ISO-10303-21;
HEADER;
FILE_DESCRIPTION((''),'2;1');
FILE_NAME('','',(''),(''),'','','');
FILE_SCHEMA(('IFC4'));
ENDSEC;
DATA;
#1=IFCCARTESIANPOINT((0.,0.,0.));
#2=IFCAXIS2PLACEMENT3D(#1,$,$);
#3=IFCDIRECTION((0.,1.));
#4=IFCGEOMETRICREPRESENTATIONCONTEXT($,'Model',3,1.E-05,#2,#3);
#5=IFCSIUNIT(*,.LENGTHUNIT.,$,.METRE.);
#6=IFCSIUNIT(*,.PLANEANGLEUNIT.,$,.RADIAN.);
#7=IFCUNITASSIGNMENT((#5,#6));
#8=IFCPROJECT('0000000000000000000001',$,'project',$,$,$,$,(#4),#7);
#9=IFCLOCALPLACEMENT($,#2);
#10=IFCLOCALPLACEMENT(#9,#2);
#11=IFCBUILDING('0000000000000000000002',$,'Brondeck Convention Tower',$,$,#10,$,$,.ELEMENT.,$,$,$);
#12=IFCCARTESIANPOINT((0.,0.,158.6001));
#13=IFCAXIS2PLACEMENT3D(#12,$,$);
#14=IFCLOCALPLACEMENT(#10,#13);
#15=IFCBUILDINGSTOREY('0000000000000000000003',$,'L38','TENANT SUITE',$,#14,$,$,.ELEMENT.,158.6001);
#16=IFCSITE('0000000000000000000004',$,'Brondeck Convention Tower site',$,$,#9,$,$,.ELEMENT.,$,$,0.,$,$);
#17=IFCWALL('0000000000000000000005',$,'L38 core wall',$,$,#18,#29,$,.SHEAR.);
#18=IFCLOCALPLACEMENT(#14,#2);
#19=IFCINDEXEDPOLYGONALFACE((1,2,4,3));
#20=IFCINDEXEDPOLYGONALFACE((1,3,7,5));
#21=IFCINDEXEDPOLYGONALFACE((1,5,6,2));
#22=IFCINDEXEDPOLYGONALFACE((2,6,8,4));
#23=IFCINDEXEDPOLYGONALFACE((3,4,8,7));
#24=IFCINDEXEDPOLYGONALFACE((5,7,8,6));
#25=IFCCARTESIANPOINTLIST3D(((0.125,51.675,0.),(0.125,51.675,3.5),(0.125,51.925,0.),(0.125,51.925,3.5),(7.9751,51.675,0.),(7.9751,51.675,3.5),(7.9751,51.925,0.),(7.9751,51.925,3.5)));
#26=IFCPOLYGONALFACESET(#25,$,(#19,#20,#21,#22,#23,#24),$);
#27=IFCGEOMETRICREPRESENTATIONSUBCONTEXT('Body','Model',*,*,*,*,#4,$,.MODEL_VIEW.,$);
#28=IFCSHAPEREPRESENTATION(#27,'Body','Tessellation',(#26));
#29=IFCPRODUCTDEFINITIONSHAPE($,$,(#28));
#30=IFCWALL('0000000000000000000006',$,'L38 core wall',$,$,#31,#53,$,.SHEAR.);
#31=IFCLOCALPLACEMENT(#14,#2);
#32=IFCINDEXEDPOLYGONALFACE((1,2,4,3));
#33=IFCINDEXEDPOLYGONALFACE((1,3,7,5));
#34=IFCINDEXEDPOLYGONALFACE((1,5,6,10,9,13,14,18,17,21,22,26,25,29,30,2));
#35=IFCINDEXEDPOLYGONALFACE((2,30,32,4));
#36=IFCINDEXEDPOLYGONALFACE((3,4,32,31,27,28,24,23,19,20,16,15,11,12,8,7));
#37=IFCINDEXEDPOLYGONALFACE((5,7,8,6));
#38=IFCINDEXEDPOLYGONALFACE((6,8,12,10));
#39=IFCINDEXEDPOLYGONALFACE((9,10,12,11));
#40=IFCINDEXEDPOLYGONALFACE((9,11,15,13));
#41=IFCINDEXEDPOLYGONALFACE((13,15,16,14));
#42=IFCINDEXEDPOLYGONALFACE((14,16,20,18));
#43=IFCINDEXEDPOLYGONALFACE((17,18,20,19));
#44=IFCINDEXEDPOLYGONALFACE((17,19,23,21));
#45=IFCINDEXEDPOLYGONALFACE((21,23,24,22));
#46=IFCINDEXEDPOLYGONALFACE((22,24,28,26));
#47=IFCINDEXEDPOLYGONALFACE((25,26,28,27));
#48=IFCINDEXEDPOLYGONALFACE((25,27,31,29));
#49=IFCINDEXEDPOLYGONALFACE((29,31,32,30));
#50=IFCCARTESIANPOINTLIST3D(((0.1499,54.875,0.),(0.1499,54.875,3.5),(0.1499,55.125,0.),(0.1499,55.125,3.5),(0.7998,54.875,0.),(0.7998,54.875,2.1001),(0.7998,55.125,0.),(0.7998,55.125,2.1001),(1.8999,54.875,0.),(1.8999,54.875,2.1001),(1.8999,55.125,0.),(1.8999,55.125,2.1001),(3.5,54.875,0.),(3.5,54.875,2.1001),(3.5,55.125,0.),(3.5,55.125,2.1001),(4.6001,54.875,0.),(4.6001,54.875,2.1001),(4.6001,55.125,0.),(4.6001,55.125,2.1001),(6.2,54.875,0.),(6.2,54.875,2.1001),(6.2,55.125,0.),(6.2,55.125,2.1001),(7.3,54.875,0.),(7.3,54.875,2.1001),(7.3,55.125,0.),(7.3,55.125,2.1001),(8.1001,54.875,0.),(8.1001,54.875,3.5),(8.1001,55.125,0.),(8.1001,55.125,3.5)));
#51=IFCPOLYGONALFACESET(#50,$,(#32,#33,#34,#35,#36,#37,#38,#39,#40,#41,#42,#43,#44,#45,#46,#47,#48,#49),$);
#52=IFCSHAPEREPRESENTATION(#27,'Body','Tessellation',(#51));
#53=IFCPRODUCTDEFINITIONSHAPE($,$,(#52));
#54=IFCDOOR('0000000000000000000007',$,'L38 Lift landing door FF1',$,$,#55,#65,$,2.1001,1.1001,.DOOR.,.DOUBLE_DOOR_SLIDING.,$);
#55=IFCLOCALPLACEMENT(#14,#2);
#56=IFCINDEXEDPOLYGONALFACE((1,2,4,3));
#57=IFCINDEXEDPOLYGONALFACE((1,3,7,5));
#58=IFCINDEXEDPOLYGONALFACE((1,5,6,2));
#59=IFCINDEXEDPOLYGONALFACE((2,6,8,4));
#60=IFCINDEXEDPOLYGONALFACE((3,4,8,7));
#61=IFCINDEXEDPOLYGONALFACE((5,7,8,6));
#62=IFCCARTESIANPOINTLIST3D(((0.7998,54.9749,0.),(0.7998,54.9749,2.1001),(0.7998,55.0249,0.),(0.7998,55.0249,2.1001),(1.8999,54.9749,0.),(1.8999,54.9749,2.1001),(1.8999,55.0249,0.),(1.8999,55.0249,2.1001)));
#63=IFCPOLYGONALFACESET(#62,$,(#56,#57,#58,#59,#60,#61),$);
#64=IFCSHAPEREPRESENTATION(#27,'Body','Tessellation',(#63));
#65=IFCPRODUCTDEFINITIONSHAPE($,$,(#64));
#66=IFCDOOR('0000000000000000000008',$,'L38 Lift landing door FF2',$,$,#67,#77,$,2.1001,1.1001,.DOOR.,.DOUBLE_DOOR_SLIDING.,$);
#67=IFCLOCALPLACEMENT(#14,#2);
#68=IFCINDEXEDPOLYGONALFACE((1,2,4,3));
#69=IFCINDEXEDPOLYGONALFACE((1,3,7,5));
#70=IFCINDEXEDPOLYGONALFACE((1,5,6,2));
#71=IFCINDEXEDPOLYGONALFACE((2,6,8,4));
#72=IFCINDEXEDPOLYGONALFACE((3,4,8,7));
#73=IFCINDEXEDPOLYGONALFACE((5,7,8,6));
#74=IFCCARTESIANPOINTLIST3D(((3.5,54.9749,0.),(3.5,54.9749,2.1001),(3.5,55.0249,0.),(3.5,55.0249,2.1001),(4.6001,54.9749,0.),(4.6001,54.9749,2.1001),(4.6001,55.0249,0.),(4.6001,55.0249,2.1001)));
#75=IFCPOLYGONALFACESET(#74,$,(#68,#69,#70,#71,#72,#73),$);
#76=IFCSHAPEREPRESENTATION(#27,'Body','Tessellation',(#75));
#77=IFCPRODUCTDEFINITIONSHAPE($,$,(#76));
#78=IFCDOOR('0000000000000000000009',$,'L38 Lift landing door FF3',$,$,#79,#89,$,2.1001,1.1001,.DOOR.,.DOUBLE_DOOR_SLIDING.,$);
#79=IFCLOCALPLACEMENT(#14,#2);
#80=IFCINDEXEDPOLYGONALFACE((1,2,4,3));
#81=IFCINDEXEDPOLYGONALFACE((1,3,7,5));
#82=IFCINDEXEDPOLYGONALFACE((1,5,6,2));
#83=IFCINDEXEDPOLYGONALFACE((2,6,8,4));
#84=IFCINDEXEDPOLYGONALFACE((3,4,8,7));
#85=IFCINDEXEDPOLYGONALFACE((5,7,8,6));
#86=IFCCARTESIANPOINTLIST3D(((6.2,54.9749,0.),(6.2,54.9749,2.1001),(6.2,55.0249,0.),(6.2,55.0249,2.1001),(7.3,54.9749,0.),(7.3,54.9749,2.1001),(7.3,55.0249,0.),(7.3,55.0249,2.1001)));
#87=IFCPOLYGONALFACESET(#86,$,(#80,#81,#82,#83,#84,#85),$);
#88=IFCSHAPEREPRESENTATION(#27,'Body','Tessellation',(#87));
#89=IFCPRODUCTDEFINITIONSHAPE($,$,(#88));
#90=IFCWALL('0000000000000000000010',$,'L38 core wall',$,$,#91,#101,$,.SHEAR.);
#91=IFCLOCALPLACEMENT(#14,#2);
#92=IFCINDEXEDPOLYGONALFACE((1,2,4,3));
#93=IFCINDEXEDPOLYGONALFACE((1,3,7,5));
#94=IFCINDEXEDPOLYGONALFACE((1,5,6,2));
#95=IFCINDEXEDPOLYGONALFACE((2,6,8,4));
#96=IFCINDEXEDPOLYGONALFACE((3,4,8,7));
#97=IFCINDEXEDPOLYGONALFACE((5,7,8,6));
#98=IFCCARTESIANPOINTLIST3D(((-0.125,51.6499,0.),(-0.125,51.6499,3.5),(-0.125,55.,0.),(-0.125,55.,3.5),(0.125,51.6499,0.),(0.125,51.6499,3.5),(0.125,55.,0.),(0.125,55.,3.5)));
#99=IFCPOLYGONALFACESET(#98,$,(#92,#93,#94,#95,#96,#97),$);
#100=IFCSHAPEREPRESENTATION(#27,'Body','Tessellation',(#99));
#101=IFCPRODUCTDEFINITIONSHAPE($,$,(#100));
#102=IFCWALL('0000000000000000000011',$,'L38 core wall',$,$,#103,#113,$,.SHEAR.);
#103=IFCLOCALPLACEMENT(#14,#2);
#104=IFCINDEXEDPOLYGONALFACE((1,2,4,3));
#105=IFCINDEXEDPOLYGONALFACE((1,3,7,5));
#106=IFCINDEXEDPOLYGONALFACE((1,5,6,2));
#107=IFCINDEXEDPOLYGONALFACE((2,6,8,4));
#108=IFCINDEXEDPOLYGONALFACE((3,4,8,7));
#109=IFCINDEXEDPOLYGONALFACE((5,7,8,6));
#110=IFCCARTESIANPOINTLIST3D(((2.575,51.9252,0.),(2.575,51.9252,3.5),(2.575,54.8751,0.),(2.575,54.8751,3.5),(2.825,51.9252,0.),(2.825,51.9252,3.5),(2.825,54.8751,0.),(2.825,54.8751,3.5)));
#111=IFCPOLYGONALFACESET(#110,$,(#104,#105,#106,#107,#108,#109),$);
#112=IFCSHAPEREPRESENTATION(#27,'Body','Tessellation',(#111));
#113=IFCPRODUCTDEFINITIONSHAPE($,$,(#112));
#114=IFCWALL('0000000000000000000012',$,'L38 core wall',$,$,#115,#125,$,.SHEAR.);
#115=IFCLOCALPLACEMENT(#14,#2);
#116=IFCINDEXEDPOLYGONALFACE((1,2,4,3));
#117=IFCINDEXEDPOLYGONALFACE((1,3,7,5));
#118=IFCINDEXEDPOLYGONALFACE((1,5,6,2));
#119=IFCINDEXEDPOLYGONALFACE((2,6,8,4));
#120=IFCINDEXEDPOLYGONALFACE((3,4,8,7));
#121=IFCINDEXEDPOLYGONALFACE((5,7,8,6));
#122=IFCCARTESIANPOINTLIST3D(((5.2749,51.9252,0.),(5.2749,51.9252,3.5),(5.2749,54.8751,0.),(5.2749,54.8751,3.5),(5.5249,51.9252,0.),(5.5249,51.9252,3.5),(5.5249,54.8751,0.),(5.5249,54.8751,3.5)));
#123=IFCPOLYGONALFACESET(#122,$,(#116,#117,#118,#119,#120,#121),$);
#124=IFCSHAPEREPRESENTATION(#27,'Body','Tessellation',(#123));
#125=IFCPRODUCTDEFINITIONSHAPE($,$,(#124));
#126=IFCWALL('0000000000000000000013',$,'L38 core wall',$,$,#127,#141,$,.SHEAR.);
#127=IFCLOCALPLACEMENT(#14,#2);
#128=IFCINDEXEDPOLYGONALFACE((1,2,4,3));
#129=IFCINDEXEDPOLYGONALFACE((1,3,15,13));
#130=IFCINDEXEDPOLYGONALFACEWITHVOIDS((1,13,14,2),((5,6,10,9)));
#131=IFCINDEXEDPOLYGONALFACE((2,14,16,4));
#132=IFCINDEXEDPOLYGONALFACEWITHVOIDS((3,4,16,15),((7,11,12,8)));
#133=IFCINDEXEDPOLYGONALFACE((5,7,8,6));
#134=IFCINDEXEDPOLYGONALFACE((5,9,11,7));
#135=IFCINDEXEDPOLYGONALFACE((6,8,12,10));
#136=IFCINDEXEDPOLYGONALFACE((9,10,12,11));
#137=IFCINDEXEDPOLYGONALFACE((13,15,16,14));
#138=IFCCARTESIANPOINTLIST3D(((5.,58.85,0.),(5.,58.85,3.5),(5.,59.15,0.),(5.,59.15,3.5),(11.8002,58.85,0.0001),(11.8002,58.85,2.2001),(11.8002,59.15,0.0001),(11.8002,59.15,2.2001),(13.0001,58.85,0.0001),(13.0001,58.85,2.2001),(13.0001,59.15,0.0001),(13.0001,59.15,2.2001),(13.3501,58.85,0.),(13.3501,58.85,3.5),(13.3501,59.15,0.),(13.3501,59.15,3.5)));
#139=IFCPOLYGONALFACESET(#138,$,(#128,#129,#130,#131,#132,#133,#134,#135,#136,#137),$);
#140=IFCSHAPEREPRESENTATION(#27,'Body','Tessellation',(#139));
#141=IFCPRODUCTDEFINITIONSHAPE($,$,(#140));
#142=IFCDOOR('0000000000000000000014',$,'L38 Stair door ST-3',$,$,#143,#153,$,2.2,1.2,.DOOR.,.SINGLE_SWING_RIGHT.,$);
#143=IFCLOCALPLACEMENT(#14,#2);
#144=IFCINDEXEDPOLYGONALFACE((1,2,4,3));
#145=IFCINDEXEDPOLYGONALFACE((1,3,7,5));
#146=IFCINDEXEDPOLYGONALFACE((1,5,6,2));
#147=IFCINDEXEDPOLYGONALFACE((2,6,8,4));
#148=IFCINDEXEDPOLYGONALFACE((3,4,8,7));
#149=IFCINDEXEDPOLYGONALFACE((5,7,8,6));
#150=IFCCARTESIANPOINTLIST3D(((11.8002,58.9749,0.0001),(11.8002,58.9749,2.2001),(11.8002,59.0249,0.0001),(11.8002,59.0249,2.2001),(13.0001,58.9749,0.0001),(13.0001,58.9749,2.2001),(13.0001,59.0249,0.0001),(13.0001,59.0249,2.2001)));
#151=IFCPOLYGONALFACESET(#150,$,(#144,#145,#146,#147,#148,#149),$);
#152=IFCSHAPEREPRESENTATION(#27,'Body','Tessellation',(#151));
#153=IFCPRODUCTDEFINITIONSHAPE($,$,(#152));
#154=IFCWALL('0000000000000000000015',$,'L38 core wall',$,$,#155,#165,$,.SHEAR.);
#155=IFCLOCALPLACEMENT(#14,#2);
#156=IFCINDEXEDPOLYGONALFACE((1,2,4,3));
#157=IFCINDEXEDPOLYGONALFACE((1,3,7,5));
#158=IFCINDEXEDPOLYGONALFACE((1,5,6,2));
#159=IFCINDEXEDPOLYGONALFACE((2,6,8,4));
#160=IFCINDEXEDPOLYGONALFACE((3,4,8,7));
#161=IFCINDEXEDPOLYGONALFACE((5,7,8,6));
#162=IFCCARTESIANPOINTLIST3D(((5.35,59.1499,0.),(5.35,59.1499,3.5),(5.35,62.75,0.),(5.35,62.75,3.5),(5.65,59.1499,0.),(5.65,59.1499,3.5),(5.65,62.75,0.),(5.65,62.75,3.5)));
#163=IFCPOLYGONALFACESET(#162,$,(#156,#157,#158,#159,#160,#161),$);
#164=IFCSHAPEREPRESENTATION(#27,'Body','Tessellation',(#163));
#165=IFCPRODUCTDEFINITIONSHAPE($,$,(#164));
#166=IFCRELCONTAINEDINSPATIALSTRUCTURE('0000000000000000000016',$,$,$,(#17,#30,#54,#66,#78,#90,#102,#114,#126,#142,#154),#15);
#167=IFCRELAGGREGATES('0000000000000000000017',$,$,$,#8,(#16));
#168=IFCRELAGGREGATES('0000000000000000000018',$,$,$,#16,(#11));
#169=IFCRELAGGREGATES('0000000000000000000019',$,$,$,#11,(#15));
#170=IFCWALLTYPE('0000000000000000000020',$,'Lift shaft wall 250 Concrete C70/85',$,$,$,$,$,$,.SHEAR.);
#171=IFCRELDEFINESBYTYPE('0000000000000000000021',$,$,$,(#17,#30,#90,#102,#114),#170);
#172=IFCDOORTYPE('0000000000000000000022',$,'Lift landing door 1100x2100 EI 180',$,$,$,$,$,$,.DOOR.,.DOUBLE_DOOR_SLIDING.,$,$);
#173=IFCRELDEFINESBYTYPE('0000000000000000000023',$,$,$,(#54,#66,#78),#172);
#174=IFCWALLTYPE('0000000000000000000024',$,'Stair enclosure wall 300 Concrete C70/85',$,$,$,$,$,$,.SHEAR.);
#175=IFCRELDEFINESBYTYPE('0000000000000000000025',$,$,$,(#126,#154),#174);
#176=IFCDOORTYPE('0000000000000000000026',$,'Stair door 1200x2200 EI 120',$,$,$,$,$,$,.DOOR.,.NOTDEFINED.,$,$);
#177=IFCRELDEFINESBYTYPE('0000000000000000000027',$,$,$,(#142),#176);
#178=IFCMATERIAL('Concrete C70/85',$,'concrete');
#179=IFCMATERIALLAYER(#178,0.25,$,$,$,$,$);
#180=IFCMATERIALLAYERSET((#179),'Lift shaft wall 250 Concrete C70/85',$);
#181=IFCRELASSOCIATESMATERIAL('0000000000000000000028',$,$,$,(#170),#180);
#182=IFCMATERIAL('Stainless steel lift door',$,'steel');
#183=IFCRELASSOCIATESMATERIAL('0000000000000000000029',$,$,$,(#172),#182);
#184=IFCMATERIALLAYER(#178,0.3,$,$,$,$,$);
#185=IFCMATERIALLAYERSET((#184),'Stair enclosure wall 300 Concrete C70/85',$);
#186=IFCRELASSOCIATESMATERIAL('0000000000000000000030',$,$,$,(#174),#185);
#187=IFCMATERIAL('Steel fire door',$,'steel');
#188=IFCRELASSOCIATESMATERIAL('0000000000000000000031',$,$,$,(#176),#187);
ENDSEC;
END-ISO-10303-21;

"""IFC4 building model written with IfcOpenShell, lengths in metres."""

from ifc_helpers import new_model, si_unit, direction, frame, frame_2d, origin, place, context, subcontext, project, spatial, rectangle, extrude, material, layer, layer_set, type_object, element, fill, save


model = new_model("IFC4")

# Units and contexts
model_context = context("Model", 3, precision=1e-05, world=origin(), true_north=direction((0.0, 1.0)))
body_context = subcontext(model_context, "Body", "Model", "MODEL_VIEW")
ifc_project = project(units=[si_unit("LENGTHUNIT", "METRE"), si_unit("PLANEANGLEUNIT", "RADIAN")], contexts=[model_context])

# Site, building, storey
site_placement = place(None, origin())
site = spatial("IfcSite", under=ifc_project, at=site_placement, Name="Brondeck Convention Tower site", CompositionType="ELEMENT", RefElevation=0.0)
building_placement = place(site_placement, origin())
building = spatial("IfcBuilding", under=site, at=building_placement, Name="Brondeck Convention Tower", CompositionType="ELEMENT")
storey_placement = place(building_placement, frame((0.0, 0.0, 158.6001)))
storey = spatial("IfcBuildingStorey", under=building, at=storey_placement, Name="L38", Description="TENANT SUITE", CompositionType="ELEMENT", Elevation=158.6001)

# Shared definitions
ifc_material_1 = material(Name="Concrete C70/85", Category="concrete")

# Wall
ifc_layer_1 = layer(ifc_material_1, 0.25)
ifc_layer_set_1 = layer_set([ifc_layer_1], Name="Lift shaft wall 250 Concrete C70/85")
wall_type_1 = type_object("IfcWallType", Name="Lift shaft wall 250 Concrete C70/85", PredefinedType="SHEAR", material=ifc_layer_set_1)
for number, where, z_axis, x_axis, name in (
    (1, (0.125, 51.8, 0.0), (0.0, 0.0, 1.0), (1.0, 0.0, 0.0), "L38 core wall"),
):
    element("IfcWall", number, at=place(storey_placement, frame(where, z_axis=z_axis, x_axis=x_axis)), inside=storey, type_object=wall_type_1, Name=name, PredefinedType="SHEAR", context=body_context, shape_type="SweptSolid", body=[
        extrude(rectangle(XDim=7.8501, YDim=0.25, at=frame_2d((3.925, 0.0))), origin(), (0.0, 0.0, 1.0), 3.5),
    ])

# Wall, openings, doors
wall_1_placement = place(storey_placement, frame((0.1499, 55.0, 0.0), z_axis=(0.0, 0.0, 1.0), x_axis=(1.0, 0.0, 0.0)))
wall_1 = element("IfcWall", 2, at=wall_1_placement, inside=storey, type_object=wall_type_1, Name="L38 core wall", PredefinedType="SHEAR", context=body_context, shape_type="SweptSolid", body=[
    extrude(rectangle(XDim=7.9502, YDim=0.25, at=frame_2d((3.9751, 0.0))), origin(), (0.0, 0.0, 1.0), 3.5),
])
opening_1_placement = place(wall_1_placement, frame((0.6499, 0.0, 0.0)))
opening_1 = element("IfcOpeningElement", 3, at=opening_1_placement, cuts=wall_1, PredefinedType="OPENING", context=body_context, shape_type="SweptSolid", body=[
    extrude(rectangle(XDim=1.1001, YDim=2.1001, at=frame_2d((0.55, 1.05))), frame((0.0, 0.135, 0.0), z_axis=(0.0, -1.0, 0.0), x_axis=(1.0, 0.0, 0.0)), (0.0, 0.0, 1.0), 0.27),
])
opening_2_placement = place(wall_1_placement, frame((3.3501, 0.0, 0.0)))
opening_2 = element("IfcOpeningElement", 4, at=opening_2_placement, cuts=wall_1, PredefinedType="OPENING", context=body_context, shape_type="SweptSolid", body=[
    extrude(rectangle(XDim=1.1001, YDim=2.1001, at=frame_2d((0.55, 1.05))), frame((0.0, 0.135, 0.0), z_axis=(0.0, -1.0, 0.0), x_axis=(1.0, 0.0, 0.0)), (0.0, 0.0, 1.0), 0.27),
])
opening_3_placement = place(wall_1_placement, frame((6.05, 0.0, 0.0)))
opening_3 = element("IfcOpeningElement", 5, at=opening_3_placement, cuts=wall_1, PredefinedType="OPENING", context=body_context, shape_type="SweptSolid", body=[
    extrude(rectangle(XDim=1.1001, YDim=2.1001, at=frame_2d((0.55, 1.05))), frame((0.0, 0.135, 0.0), z_axis=(0.0, -1.0, 0.0), x_axis=(1.0, 0.0, 0.0)), (0.0, 0.0, 1.0), 0.27),
])
ifc_material_2 = material(Name="Stainless steel lift door", Category="steel")
door_type_1 = type_object("IfcDoorType", Name="Lift landing door 1100x2100 EI 180", OperationType="DOUBLE_DOOR_SLIDING", PredefinedType="DOOR", material=ifc_material_2)
door_1_placement = place(opening_1_placement, origin())
door_1 = element("IfcDoor", 6, at=door_1_placement, inside=storey, type_object=door_type_1, Name="L38 Lift landing door FF1", OperationType="DOUBLE_DOOR_SLIDING", OverallHeight=2.1001, OverallWidth=1.1001, PredefinedType="DOOR", context=body_context, shape_type="SweptSolid", body=[
    extrude(rectangle(XDim=1.1001, YDim=2.1001, at=frame_2d((0.55, 1.05))), frame((0.0, 0.0249, 0.0), z_axis=(0.0, -1.0, 0.0), x_axis=(1.0, 0.0, 0.0)), (0.0, 0.0, 1.0), 0.05),
])
fill(opening_1, door_1)
door_2_placement = place(opening_2_placement, origin())
door_2 = element("IfcDoor", 7, at=door_2_placement, inside=storey, type_object=door_type_1, Name="L38 Lift landing door FF2", OperationType="DOUBLE_DOOR_SLIDING", OverallHeight=2.1001, OverallWidth=1.1001, PredefinedType="DOOR", context=body_context, shape_type="SweptSolid", body=[
    extrude(rectangle(XDim=1.1001, YDim=2.1001, at=frame_2d((0.55, 1.05))), frame((0.0, 0.0249, 0.0), z_axis=(0.0, -1.0, 0.0), x_axis=(1.0, 0.0, 0.0)), (0.0, 0.0, 1.0), 0.05),
])
fill(opening_2, door_2)
door_3_placement = place(opening_3_placement, origin())
door_3 = element("IfcDoor", 8, at=door_3_placement, inside=storey, type_object=door_type_1, Name="L38 Lift landing door FF3", OperationType="DOUBLE_DOOR_SLIDING", OverallHeight=2.1001, OverallWidth=1.1001, PredefinedType="DOOR", context=body_context, shape_type="SweptSolid", body=[
    extrude(rectangle(XDim=1.1001, YDim=2.1001, at=frame_2d((0.55, 1.05))), frame((0.0, 0.0249, 0.0), z_axis=(0.0, -1.0, 0.0), x_axis=(1.0, 0.0, 0.0)), (0.0, 0.0, 1.0), 0.05),
])
fill(opening_3, door_3)

# Walls
wall_2_placement = place(storey_placement, frame((0.0, 51.6499, 0.0), z_axis=(0.0, 0.0, 1.0), x_axis=(0.0, 1.0, 0.0)))
element("IfcWall", 9, at=wall_2_placement, inside=storey, type_object=wall_type_1, Name="L38 core wall", PredefinedType="SHEAR", context=body_context, shape_type="SweptSolid", body=[
    extrude(rectangle(XDim=3.3501, YDim=0.25, at=frame_2d((1.675, 0.0))), origin(), (0.0, 0.0, 1.0), 3.5),
])
for number, where, z_axis, x_axis, name in (
    (10, (2.7, 51.925, 0.0), (0.0, 0.0, 1.0), (0.0, 1.0, 0.0), "L38 core wall"),
    (11, (5.3999, 51.925, 0.0), (0.0, 0.0, 1.0), (0.0, 1.0, 0.0), "L38 core wall"),
):
    element("IfcWall", number, at=place(storey_placement, frame(where, z_axis=z_axis, x_axis=x_axis)), inside=storey, type_object=wall_type_1, Name=name, PredefinedType="SHEAR", context=body_context, shape_type="SweptSolid", body=[
        extrude(rectangle(XDim=2.95, YDim=0.25, at=frame_2d((1.4751, 0.0))), origin(), (0.0, 0.0, 1.0), 3.5),
    ])

# Wall, opening, door
ifc_layer_2 = layer(ifc_material_1, 0.3)
ifc_layer_set_2 = layer_set([ifc_layer_2], Name="Stair enclosure wall 300 Concrete C70/85")
wall_type_2 = type_object("IfcWallType", Name="Stair enclosure wall 300 Concrete C70/85", PredefinedType="SHEAR", material=ifc_layer_set_2)
wall_3_placement = place(storey_placement, frame((5.0, 59.0, 0.0), z_axis=(0.0, 0.0, 1.0), x_axis=(1.0, 0.0, 0.0)))
wall_3 = element("IfcWall", 12, at=wall_3_placement, inside=storey, type_object=wall_type_2, Name="L38 core wall", PredefinedType="SHEAR", context=body_context, shape_type="SweptSolid", body=[
    extrude(rectangle(XDim=8.3501, YDim=0.3, at=frame_2d((4.175, 0.0))), origin(), (0.0, 0.0, 1.0), 3.5),
])
opening_4_placement = place(wall_3_placement, frame((6.8, 0.0, 0.0)))
opening_4 = element("IfcOpeningElement", 13, at=opening_4_placement, cuts=wall_3, PredefinedType="OPENING", context=body_context, shape_type="SweptSolid", body=[
    extrude(rectangle(XDim=1.2, YDim=2.2, at=frame_2d((0.6001, 1.1001))), frame((0.0, 0.1599, 0.0), z_axis=(0.0, -1.0, 0.0), x_axis=(1.0, 0.0, 0.0)), (0.0, 0.0, 1.0), 0.3201),
])
ifc_material_3 = material(Name="Steel fire door", Category="steel")
door_type_2 = type_object("IfcDoorType", Name="Stair door 1200x2200 EI 120", OperationType="NOTDEFINED", PredefinedType="DOOR", material=ifc_material_3)
door_4_placement = place(opening_4_placement, origin())
door_4 = element("IfcDoor", 14, at=door_4_placement, inside=storey, type_object=door_type_2, Name="L38 Stair door ST-3", OperationType="SINGLE_SWING_RIGHT", OverallHeight=2.2, OverallWidth=1.2, PredefinedType="DOOR", context=body_context, shape_type="SweptSolid", body=[
    extrude(rectangle(XDim=1.2, YDim=2.2, at=frame_2d((0.6001, 1.1001))), frame((0.0, 0.0249, 0.0), z_axis=(0.0, -1.0, 0.0), x_axis=(1.0, 0.0, 0.0)), (0.0, 0.0, 1.0), 0.05),
])
fill(opening_4, door_4)

# Wall
wall_4_placement = place(storey_placement, frame((5.5, 59.1499, 0.0), z_axis=(0.0, 0.0, 1.0), x_axis=(0.0, 1.0, 0.0)))
element("IfcWall", 15, at=wall_4_placement, inside=storey, type_object=wall_type_2, Name="L38 core wall", PredefinedType="SHEAR", context=body_context, shape_type="SweptSolid", body=[
    extrude(rectangle(XDim=3.6001, YDim=0.3, at=frame_2d((1.8, 0.0))), origin(), (0.0, 0.0, 1.0), 3.5),
])

save(model, "model.ifc")
